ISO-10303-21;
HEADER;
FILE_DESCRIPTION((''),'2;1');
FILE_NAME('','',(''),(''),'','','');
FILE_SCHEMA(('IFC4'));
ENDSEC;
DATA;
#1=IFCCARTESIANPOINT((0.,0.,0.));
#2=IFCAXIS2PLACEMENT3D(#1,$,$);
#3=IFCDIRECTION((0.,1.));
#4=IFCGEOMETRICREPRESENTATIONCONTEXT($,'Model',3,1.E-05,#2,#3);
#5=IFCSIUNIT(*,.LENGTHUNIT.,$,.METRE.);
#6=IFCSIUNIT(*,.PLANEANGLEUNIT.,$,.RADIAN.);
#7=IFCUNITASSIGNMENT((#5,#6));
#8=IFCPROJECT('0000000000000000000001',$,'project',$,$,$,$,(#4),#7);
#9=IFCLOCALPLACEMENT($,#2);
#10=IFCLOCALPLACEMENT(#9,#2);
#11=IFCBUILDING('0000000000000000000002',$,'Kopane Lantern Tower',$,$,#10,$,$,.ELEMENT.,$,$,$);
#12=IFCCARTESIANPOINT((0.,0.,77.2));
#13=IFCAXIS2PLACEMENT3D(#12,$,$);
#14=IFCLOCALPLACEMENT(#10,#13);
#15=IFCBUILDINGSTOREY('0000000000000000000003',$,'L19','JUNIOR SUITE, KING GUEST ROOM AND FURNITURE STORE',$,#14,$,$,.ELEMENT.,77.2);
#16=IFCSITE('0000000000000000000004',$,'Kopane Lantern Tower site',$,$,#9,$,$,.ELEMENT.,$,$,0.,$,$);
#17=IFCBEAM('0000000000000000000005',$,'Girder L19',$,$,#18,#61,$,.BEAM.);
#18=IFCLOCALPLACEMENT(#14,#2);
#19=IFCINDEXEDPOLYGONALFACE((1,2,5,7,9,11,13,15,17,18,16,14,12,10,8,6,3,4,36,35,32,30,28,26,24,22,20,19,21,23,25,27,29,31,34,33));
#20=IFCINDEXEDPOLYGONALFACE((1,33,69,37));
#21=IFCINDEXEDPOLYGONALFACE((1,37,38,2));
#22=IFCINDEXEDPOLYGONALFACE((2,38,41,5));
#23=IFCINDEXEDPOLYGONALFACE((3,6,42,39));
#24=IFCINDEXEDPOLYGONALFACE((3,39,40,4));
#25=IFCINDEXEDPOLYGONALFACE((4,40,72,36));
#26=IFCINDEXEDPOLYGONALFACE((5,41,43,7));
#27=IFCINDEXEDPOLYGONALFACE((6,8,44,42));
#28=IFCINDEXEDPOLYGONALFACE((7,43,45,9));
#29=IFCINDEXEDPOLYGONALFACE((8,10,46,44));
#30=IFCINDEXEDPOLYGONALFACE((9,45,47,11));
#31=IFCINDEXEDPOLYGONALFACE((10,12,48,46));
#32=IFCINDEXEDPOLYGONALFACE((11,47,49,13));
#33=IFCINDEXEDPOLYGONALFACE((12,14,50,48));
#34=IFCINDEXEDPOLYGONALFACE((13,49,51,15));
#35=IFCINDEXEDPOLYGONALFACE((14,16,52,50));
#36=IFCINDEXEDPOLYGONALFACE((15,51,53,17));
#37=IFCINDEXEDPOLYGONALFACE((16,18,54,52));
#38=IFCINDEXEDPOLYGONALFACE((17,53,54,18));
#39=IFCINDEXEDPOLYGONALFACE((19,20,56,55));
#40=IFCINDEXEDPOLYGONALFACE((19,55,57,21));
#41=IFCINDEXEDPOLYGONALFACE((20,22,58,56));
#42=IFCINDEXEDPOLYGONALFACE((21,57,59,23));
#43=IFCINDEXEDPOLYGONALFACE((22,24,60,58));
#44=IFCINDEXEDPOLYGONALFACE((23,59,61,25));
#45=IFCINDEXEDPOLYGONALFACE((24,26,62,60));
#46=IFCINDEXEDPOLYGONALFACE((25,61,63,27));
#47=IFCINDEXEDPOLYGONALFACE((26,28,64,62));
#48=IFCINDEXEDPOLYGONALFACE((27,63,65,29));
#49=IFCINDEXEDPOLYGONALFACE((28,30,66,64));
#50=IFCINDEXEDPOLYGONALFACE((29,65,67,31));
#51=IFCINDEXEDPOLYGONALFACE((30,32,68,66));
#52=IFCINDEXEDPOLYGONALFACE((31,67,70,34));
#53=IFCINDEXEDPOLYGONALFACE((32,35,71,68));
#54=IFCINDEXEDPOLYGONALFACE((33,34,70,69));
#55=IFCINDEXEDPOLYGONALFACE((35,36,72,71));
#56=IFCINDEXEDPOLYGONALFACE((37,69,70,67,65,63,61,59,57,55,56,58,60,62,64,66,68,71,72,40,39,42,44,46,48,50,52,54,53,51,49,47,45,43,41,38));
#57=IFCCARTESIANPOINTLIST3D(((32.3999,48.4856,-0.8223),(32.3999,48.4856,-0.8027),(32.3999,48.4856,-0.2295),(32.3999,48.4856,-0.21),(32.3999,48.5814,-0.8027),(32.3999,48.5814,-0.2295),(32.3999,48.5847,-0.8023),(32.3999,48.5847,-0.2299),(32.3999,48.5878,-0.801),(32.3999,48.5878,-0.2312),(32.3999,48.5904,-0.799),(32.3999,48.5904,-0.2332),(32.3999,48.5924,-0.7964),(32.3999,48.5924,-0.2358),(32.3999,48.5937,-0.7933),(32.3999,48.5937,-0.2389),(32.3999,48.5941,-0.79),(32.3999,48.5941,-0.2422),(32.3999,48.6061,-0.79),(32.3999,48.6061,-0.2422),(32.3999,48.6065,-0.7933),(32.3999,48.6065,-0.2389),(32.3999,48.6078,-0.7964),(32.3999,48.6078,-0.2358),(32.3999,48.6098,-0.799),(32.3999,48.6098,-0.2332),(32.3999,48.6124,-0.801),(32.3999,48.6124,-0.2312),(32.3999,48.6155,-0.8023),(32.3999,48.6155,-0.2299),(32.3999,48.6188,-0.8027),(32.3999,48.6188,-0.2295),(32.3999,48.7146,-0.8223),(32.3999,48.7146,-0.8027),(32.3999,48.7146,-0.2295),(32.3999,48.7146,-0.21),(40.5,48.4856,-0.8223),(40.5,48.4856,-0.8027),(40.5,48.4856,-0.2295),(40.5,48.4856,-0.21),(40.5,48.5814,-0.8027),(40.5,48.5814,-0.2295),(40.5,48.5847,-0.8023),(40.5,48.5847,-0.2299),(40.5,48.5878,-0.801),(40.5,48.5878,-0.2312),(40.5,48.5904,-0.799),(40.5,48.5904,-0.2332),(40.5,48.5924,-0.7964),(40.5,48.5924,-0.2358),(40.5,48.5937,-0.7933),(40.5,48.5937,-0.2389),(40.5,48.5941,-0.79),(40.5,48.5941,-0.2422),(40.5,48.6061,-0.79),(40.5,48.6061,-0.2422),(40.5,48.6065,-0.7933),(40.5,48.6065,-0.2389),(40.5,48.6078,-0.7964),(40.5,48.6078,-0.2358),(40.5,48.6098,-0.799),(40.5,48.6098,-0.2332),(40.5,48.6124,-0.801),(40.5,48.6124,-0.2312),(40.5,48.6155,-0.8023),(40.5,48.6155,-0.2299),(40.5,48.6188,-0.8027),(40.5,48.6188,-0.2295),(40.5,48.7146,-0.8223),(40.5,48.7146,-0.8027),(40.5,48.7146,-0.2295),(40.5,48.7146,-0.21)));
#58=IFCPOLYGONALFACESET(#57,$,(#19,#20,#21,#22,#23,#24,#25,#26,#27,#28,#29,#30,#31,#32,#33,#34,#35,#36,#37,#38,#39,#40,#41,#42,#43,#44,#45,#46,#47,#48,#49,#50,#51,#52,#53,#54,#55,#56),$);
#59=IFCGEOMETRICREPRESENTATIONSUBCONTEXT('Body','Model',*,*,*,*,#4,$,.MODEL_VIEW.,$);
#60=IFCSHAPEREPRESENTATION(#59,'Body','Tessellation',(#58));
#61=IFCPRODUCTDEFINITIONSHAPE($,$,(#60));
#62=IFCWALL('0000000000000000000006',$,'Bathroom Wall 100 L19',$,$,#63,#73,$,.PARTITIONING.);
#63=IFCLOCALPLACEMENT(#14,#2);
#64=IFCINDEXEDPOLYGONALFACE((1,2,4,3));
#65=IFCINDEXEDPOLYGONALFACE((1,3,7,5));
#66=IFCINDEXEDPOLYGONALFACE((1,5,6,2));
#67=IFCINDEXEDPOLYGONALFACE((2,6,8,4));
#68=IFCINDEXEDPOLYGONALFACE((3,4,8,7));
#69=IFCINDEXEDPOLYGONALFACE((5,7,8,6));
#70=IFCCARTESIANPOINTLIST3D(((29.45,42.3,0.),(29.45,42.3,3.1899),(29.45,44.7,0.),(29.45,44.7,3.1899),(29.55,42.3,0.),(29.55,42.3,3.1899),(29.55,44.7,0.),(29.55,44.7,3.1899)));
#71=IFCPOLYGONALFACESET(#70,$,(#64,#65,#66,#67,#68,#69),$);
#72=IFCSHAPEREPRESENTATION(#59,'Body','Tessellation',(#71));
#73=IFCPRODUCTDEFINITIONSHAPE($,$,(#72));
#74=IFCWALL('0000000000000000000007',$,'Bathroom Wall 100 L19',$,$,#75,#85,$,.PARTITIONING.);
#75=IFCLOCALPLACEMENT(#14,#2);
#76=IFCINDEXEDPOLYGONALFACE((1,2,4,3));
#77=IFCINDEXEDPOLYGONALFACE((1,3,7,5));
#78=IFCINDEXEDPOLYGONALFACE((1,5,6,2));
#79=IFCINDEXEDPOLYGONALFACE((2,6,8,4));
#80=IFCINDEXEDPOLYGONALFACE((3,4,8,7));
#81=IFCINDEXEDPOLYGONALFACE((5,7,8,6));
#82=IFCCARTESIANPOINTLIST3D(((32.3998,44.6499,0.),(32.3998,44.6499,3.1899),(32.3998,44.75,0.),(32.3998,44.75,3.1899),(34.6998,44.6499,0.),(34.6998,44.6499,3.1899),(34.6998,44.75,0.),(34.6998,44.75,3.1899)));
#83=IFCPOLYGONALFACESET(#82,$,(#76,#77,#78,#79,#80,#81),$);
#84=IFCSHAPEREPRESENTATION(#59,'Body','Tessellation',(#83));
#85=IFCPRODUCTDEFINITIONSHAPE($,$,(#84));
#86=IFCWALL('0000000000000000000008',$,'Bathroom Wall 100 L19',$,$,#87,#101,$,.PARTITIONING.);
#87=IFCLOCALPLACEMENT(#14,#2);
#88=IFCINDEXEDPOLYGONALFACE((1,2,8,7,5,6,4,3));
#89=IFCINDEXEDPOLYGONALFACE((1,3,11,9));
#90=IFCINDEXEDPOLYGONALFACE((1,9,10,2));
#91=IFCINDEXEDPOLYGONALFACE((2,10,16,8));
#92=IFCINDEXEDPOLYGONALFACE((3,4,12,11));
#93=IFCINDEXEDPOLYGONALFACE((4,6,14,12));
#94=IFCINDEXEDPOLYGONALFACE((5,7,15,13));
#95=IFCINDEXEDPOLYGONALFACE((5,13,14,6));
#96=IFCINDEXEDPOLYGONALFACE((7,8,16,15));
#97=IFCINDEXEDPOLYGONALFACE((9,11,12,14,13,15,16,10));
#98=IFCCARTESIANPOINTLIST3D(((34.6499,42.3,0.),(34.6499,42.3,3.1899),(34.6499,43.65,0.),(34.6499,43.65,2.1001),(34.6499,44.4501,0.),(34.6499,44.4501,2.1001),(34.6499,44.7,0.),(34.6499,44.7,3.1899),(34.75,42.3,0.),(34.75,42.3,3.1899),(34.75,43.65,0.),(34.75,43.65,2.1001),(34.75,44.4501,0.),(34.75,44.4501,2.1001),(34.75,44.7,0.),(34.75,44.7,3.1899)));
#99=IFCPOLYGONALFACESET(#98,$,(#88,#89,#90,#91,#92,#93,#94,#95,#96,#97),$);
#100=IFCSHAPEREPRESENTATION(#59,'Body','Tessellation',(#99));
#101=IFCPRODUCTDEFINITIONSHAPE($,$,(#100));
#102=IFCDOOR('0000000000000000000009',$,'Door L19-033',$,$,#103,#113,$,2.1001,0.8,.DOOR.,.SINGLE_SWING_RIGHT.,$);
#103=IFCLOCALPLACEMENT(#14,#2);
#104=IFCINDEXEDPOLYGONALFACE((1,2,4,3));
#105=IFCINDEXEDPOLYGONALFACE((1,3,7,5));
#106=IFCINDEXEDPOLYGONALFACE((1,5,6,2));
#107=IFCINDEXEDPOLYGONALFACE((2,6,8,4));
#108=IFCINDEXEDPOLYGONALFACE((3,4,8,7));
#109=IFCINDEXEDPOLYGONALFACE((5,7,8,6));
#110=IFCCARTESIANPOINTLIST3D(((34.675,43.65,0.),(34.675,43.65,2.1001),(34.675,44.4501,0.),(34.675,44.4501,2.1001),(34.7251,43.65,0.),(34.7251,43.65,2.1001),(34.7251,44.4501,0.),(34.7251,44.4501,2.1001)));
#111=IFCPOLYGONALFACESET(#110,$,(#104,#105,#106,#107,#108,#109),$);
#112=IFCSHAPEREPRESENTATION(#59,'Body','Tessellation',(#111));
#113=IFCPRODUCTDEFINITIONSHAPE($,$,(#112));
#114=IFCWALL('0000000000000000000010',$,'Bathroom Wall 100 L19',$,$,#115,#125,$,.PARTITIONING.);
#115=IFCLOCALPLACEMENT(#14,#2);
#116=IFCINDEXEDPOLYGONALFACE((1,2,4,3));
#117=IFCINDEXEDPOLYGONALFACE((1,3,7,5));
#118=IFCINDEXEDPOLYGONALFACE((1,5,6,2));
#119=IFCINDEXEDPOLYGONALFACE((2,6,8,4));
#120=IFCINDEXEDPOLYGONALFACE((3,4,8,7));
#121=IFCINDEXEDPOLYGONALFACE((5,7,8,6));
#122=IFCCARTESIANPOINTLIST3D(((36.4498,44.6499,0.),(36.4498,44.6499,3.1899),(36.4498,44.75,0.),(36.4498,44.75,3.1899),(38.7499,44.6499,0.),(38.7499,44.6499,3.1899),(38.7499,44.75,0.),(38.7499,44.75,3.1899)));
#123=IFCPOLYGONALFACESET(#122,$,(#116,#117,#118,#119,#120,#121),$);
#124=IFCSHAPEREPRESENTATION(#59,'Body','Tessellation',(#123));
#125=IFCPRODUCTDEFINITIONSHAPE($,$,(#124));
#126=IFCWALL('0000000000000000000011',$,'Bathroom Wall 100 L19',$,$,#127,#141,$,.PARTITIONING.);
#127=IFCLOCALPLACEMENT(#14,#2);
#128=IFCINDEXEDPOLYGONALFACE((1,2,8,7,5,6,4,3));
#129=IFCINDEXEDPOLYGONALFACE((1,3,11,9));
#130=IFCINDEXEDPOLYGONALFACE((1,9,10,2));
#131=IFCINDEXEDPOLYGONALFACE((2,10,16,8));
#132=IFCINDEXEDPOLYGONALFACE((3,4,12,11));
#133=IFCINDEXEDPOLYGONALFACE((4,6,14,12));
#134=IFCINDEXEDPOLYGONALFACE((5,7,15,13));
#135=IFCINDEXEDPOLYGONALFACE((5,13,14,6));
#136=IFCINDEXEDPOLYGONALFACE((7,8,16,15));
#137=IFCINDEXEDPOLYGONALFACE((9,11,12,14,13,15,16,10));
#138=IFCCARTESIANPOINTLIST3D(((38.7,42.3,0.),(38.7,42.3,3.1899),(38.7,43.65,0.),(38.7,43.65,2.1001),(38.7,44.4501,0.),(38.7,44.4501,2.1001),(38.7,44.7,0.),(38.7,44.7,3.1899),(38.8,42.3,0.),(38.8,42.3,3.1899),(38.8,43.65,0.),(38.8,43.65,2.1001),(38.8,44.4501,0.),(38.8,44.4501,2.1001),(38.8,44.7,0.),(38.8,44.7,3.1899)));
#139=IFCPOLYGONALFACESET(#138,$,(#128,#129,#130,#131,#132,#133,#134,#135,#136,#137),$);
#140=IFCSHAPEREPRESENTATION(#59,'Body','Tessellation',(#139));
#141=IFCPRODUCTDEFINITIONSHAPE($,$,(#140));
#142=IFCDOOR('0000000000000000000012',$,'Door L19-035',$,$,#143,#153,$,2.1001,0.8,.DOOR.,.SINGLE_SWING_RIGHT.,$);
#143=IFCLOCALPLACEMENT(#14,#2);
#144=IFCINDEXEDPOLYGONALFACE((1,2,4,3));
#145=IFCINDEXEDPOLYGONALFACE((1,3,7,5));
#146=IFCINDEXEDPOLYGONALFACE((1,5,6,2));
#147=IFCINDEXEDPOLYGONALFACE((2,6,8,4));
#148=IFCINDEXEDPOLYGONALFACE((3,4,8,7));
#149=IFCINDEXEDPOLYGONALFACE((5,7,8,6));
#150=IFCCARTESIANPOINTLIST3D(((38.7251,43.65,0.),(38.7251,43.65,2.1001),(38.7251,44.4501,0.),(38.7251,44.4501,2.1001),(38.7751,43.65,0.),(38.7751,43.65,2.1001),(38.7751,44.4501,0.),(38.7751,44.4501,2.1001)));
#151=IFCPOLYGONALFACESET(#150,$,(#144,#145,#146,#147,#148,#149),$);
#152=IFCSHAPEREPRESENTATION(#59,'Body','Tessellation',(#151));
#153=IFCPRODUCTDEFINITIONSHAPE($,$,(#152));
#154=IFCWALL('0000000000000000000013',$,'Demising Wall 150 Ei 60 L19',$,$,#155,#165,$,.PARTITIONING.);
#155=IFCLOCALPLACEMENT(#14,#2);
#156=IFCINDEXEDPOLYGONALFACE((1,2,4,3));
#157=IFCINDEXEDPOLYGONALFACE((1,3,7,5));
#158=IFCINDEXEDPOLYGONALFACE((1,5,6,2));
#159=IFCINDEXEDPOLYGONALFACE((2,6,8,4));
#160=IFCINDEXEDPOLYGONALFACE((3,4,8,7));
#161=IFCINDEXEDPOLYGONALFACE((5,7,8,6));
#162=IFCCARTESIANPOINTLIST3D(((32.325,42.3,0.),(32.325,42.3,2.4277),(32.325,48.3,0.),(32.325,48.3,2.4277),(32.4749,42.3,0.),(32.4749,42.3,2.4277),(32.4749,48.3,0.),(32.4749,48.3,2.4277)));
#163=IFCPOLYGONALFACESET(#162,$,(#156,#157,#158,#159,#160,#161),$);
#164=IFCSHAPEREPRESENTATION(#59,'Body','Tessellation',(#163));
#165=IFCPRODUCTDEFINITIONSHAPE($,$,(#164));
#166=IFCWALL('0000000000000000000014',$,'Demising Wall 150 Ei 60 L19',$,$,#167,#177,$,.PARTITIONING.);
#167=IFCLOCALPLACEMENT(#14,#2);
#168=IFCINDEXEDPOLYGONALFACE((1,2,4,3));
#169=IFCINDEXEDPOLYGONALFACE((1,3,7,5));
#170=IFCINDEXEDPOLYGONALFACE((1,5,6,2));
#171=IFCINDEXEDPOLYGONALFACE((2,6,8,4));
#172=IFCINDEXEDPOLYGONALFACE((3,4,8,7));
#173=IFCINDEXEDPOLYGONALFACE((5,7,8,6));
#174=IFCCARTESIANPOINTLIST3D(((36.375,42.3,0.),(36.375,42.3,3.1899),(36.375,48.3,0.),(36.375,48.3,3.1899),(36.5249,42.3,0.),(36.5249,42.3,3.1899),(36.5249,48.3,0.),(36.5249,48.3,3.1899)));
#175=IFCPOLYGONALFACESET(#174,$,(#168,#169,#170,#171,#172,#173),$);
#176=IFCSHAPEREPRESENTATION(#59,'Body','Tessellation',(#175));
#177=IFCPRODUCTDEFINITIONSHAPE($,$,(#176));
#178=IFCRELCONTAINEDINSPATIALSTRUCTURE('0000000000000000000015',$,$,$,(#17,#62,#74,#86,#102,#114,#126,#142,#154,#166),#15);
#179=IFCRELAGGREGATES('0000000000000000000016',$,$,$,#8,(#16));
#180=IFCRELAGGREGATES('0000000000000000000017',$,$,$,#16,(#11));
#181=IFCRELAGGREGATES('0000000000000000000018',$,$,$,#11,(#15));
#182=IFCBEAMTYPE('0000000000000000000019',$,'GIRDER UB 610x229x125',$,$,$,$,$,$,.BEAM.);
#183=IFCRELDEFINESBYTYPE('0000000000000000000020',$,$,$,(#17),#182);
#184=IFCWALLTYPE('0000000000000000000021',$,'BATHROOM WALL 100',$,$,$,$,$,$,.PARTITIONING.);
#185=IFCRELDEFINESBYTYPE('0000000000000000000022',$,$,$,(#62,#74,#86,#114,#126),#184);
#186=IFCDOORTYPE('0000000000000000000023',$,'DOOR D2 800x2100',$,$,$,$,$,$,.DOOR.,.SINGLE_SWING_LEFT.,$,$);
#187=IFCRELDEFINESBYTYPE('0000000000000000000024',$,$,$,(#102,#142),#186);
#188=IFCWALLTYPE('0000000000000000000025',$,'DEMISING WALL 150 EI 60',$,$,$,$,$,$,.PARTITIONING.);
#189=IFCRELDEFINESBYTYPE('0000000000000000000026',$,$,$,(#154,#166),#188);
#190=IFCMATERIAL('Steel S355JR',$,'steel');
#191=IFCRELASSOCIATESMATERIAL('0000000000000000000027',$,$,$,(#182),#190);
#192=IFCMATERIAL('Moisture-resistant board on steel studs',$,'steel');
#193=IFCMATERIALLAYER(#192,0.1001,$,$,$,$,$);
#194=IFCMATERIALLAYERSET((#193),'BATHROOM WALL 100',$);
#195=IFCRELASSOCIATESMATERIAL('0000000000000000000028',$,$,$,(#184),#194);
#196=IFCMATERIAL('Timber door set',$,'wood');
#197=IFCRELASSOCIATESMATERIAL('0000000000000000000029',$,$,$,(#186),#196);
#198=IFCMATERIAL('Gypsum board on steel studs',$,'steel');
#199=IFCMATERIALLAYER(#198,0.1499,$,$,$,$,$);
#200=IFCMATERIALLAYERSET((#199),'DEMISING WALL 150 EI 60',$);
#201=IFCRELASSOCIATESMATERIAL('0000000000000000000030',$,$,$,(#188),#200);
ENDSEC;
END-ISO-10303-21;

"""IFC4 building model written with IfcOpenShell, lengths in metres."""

from ifc_helpers import new_model, si_unit, direction, frame, frame_2d, origin, origin_2d, place, context, subcontext, project, spatial, rectangle, i_section, extrude, material, layer, layer_set, material_profile, profile_set, type_object, element, fill, save


model = new_model("IFC4")

# Units and contexts
model_context = context("Model", 3, precision=1e-05, world=origin(), true_north=direction((0.0, 1.0)))
body_context = subcontext(model_context, "Body", "Model", "MODEL_VIEW")
ifc_project = project(units=[si_unit("LENGTHUNIT", "METRE"), si_unit("PLANEANGLEUNIT", "RADIAN")], contexts=[model_context])

# Site, building, storey
site_placement = place(None, origin())
site = spatial("IfcSite", under=ifc_project, at=site_placement, Name="Kopane Lantern Tower site", CompositionType="ELEMENT", RefElevation=0.0)
building_placement = place(site_placement, origin())
building = spatial("IfcBuilding", under=site, at=building_placement, Name="Kopane Lantern Tower", CompositionType="ELEMENT")
storey_placement = place(building_placement, frame((0.0, 0.0, 77.2)))
storey = spatial("IfcBuildingStorey", under=building, at=storey_placement, Name="L19", Description="JUNIOR SUITE, KING GUEST ROOM AND FURNITURE STORE", CompositionType="ELEMENT", Elevation=77.2)

# Beam
ifc_material_1 = material(Name="Steel S355JR", Category="steel")
ifc_material_profile_1 = material_profile(ifc_material_1, i_section(OverallWidth=0.229, OverallDepth=0.6123, WebThickness=0.012, FlangeThickness=0.0195, FilletRadius=0.0127, at=origin_2d()), Name="UB 610x229x125")
ifc_profile_set_1 = profile_set([ifc_material_profile_1], Name="Steel S355JR")
beam_type = type_object("IfcBeamType", Name="GIRDER UB 610x229x125", PredefinedType="BEAM", material=ifc_profile_set_1)
for number, where, z_axis, x_axis, name in (
    (1, (32.3999, 48.6001, -0.5161), (1.0, 0.0, 0.0), (0.0, 1.0, 0.0), "Girder L19"),
):
    element("IfcBeam", number, at=place(storey_placement, frame(where, z_axis=z_axis, x_axis=x_axis)), inside=storey, type_object=beam_type, Name=name, PredefinedType="BEAM", context=body_context, shape_type="SweptSolid", body=[
        extrude(i_section(OverallWidth=0.229, OverallDepth=0.6123, WebThickness=0.012, FlangeThickness=0.0195, FilletRadius=0.0127, at=origin_2d()), origin(), (0.0, 0.0, 1.0), 8.1001),
    ])

# Walls
ifc_material_2 = material(Name="Moisture-resistant board on steel studs", Category="steel")
ifc_layer_1 = layer(ifc_material_2, 0.1001)
ifc_layer_set_1 = layer_set([ifc_layer_1], Name="BATHROOM WALL 100")
wall_type_1 = type_object("IfcWallType", Name="BATHROOM WALL 100", PredefinedType="PARTITIONING", material=ifc_layer_set_1)
wall_1_placement = place(storey_placement, frame((29.5, 42.3, 0.0), z_axis=(0.0, 0.0, 1.0), x_axis=(0.0, 1.0, 0.0)))
element("IfcWall", 2, at=wall_1_placement, inside=storey, type_object=wall_type_1, Name="Bathroom Wall 100 L19", PredefinedType="PARTITIONING", context=body_context, shape_type="SweptSolid", body=[
    extrude(rectangle(XDim=2.3999, YDim=0.1001, at=frame_2d((1.2, 0.0))), origin(), (0.0, 0.0, 1.0), 3.1899),
])
wall_2_placement = place(storey_placement, frame((32.3999, 44.7, 0.0), z_axis=(0.0, 0.0, 1.0), x_axis=(1.0, 0.0, 0.0)))
element("IfcWall", 3, at=wall_2_placement, inside=storey, type_object=wall_type_1, Name="Bathroom Wall 100 L19", PredefinedType="PARTITIONING", context=body_context, shape_type="SweptSolid", body=[
    extrude(rectangle(XDim=2.3, YDim=0.1001, at=frame_2d((1.1499, 0.0))), origin(), (0.0, 0.0, 1.0), 3.1899),
])

# Wall, opening, door
wall_3_placement = place(storey_placement, frame((34.7, 42.3, 0.0), z_axis=(0.0, 0.0, 1.0), x_axis=(0.0, 1.0, 0.0)))
wall_3 = element("IfcWall", 4, at=wall_3_placement, inside=storey, type_object=wall_type_1, Name="Bathroom Wall 100 L19", PredefinedType="PARTITIONING", context=body_context, shape_type="SweptSolid", body=[
    extrude(rectangle(XDim=2.3999, YDim=0.1001, at=frame_2d((1.2, 0.0))), origin(), (0.0, 0.0, 1.0), 3.1899),
])
opening_1_placement = place(wall_3_placement, frame((1.3501, 0.0, 0.0)))
opening_1 = element("IfcOpeningElement", 5, at=opening_1_placement, cuts=wall_3, PredefinedType="OPENING", context=body_context, shape_type="SweptSolid", body=[
    extrude(rectangle(XDim=0.8, YDim=2.1001, at=frame_2d((0.3999, 1.05))), frame((0.0, 0.0601, 0.0), z_axis=(0.0, -1.0, 0.0), x_axis=(1.0, 0.0, 0.0)), (0.0, 0.0, 1.0), 0.1201),
])
ifc_material_3 = material(Name="Timber door set", Category="wood")
door_type_1 = type_object("IfcDoorType", Name="DOOR D2 800x2100", OperationType="SINGLE_SWING_LEFT", PredefinedType="DOOR", material=ifc_material_3)
door_1_placement = place(opening_1_placement, origin())
door_1 = element("IfcDoor", 6, at=door_1_placement, inside=storey, type_object=door_type_1, Name="Door L19-033", OperationType="SINGLE_SWING_RIGHT", OverallHeight=2.1001, OverallWidth=0.8, PredefinedType="DOOR", context=body_context, shape_type="SweptSolid", body=[
    extrude(rectangle(XDim=0.8, YDim=2.1001, at=frame_2d((0.3999, 1.05))), frame((0.0, 0.0249, 0.0), z_axis=(0.0, -1.0, 0.0), x_axis=(1.0, 0.0, 0.0)), (0.0, 0.0, 1.0), 0.05),
])
fill(opening_1, door_1)

# Wall
wall_4_placement = place(storey_placement, frame((36.45, 44.7, 0.0), z_axis=(0.0, 0.0, 1.0), x_axis=(1.0, 0.0, 0.0)))
element("IfcWall", 7, at=wall_4_placement, inside=storey, type_object=wall_type_1, Name="Bathroom Wall 100 L19", PredefinedType="PARTITIONING", context=body_context, shape_type="SweptSolid", body=[
    extrude(rectangle(XDim=2.3, YDim=0.1001, at=frame_2d((1.1499, 0.0))), origin(), (0.0, 0.0, 1.0), 3.1899),
])

# Wall, opening, door
wall_5_placement = place(storey_placement, frame((38.75, 42.3, 0.0), z_axis=(0.0, 0.0, 1.0), x_axis=(0.0, 1.0, 0.0)))
wall_5 = element("IfcWall", 8, at=wall_5_placement, inside=storey, type_object=wall_type_1, Name="Bathroom Wall 100 L19", PredefinedType="PARTITIONING", context=body_context, shape_type="SweptSolid", body=[
    extrude(rectangle(XDim=2.3999, YDim=0.1001, at=frame_2d((1.2, 0.0))), origin(), (0.0, 0.0, 1.0), 3.1899),
])
opening_2_placement = place(wall_5_placement, frame((1.3501, 0.0, 0.0)))
opening_2 = element("IfcOpeningElement", 9, at=opening_2_placement, cuts=wall_5, PredefinedType="OPENING", context=body_context, shape_type="SweptSolid", body=[
    extrude(rectangle(XDim=0.8, YDim=2.1001, at=frame_2d((0.3999, 1.05))), frame((0.0, 0.0601, 0.0), z_axis=(0.0, -1.0, 0.0), x_axis=(1.0, 0.0, 0.0)), (0.0, 0.0, 1.0), 0.1201),
])
door_2_placement = place(opening_2_placement, origin())
door_2 = element("IfcDoor", 10, at=door_2_placement, inside=storey, type_object=door_type_1, Name="Door L19-035", OperationType="SINGLE_SWING_RIGHT", OverallHeight=2.1001, OverallWidth=0.8, PredefinedType="DOOR", context=body_context, shape_type="SweptSolid", body=[
    extrude(rectangle(XDim=0.8, YDim=2.1001, at=frame_2d((0.3999, 1.05))), frame((0.0, 0.0249, 0.0), z_axis=(0.0, -1.0, 0.0), x_axis=(1.0, 0.0, 0.0)), (0.0, 0.0, 1.0), 0.05),
])
fill(opening_2, door_2)

# Walls
ifc_material_4 = material(Name="Gypsum board on steel studs", Category="steel")
ifc_layer_2 = layer(ifc_material_4, 0.1499)
ifc_layer_set_2 = layer_set([ifc_layer_2], Name="DEMISING WALL 150 EI 60")
wall_type_2 = type_object("IfcWallType", Name="DEMISING WALL 150 EI 60", PredefinedType="PARTITIONING", material=ifc_layer_set_2)
wall_6_placement = place(storey_placement, frame((32.3999, 42.3, 0.0), z_axis=(0.0, 0.0, 1.0), x_axis=(0.0, 1.0, 0.0)))
element("IfcWall", 11, at=wall_6_placement, inside=storey, type_object=wall_type_2, Name="Demising Wall 150 Ei 60 L19", PredefinedType="PARTITIONING", context=body_context, shape_type="SweptSolid", body=[
    extrude(rectangle(XDim=6.0, YDim=0.1499, at=frame_2d((3.0, 0.0))), origin(), (0.0, 0.0, 1.0), 2.4277),
])
wall_7_placement = place(storey_placement, frame((36.45, 42.3, 0.0), z_axis=(0.0, 0.0, 1.0), x_axis=(0.0, 1.0, 0.0)))
element("IfcWall", 12, at=wall_7_placement, inside=storey, type_object=wall_type_2, Name="Demising Wall 150 Ei 60 L19", PredefinedType="PARTITIONING", context=body_context, shape_type="SweptSolid", body=[
    extrude(rectangle(XDim=6.0, YDim=0.1499, at=frame_2d((3.0, 0.0))), origin(), (0.0, 0.0, 1.0), 3.1899),
])

save(model, "model.ifc")
